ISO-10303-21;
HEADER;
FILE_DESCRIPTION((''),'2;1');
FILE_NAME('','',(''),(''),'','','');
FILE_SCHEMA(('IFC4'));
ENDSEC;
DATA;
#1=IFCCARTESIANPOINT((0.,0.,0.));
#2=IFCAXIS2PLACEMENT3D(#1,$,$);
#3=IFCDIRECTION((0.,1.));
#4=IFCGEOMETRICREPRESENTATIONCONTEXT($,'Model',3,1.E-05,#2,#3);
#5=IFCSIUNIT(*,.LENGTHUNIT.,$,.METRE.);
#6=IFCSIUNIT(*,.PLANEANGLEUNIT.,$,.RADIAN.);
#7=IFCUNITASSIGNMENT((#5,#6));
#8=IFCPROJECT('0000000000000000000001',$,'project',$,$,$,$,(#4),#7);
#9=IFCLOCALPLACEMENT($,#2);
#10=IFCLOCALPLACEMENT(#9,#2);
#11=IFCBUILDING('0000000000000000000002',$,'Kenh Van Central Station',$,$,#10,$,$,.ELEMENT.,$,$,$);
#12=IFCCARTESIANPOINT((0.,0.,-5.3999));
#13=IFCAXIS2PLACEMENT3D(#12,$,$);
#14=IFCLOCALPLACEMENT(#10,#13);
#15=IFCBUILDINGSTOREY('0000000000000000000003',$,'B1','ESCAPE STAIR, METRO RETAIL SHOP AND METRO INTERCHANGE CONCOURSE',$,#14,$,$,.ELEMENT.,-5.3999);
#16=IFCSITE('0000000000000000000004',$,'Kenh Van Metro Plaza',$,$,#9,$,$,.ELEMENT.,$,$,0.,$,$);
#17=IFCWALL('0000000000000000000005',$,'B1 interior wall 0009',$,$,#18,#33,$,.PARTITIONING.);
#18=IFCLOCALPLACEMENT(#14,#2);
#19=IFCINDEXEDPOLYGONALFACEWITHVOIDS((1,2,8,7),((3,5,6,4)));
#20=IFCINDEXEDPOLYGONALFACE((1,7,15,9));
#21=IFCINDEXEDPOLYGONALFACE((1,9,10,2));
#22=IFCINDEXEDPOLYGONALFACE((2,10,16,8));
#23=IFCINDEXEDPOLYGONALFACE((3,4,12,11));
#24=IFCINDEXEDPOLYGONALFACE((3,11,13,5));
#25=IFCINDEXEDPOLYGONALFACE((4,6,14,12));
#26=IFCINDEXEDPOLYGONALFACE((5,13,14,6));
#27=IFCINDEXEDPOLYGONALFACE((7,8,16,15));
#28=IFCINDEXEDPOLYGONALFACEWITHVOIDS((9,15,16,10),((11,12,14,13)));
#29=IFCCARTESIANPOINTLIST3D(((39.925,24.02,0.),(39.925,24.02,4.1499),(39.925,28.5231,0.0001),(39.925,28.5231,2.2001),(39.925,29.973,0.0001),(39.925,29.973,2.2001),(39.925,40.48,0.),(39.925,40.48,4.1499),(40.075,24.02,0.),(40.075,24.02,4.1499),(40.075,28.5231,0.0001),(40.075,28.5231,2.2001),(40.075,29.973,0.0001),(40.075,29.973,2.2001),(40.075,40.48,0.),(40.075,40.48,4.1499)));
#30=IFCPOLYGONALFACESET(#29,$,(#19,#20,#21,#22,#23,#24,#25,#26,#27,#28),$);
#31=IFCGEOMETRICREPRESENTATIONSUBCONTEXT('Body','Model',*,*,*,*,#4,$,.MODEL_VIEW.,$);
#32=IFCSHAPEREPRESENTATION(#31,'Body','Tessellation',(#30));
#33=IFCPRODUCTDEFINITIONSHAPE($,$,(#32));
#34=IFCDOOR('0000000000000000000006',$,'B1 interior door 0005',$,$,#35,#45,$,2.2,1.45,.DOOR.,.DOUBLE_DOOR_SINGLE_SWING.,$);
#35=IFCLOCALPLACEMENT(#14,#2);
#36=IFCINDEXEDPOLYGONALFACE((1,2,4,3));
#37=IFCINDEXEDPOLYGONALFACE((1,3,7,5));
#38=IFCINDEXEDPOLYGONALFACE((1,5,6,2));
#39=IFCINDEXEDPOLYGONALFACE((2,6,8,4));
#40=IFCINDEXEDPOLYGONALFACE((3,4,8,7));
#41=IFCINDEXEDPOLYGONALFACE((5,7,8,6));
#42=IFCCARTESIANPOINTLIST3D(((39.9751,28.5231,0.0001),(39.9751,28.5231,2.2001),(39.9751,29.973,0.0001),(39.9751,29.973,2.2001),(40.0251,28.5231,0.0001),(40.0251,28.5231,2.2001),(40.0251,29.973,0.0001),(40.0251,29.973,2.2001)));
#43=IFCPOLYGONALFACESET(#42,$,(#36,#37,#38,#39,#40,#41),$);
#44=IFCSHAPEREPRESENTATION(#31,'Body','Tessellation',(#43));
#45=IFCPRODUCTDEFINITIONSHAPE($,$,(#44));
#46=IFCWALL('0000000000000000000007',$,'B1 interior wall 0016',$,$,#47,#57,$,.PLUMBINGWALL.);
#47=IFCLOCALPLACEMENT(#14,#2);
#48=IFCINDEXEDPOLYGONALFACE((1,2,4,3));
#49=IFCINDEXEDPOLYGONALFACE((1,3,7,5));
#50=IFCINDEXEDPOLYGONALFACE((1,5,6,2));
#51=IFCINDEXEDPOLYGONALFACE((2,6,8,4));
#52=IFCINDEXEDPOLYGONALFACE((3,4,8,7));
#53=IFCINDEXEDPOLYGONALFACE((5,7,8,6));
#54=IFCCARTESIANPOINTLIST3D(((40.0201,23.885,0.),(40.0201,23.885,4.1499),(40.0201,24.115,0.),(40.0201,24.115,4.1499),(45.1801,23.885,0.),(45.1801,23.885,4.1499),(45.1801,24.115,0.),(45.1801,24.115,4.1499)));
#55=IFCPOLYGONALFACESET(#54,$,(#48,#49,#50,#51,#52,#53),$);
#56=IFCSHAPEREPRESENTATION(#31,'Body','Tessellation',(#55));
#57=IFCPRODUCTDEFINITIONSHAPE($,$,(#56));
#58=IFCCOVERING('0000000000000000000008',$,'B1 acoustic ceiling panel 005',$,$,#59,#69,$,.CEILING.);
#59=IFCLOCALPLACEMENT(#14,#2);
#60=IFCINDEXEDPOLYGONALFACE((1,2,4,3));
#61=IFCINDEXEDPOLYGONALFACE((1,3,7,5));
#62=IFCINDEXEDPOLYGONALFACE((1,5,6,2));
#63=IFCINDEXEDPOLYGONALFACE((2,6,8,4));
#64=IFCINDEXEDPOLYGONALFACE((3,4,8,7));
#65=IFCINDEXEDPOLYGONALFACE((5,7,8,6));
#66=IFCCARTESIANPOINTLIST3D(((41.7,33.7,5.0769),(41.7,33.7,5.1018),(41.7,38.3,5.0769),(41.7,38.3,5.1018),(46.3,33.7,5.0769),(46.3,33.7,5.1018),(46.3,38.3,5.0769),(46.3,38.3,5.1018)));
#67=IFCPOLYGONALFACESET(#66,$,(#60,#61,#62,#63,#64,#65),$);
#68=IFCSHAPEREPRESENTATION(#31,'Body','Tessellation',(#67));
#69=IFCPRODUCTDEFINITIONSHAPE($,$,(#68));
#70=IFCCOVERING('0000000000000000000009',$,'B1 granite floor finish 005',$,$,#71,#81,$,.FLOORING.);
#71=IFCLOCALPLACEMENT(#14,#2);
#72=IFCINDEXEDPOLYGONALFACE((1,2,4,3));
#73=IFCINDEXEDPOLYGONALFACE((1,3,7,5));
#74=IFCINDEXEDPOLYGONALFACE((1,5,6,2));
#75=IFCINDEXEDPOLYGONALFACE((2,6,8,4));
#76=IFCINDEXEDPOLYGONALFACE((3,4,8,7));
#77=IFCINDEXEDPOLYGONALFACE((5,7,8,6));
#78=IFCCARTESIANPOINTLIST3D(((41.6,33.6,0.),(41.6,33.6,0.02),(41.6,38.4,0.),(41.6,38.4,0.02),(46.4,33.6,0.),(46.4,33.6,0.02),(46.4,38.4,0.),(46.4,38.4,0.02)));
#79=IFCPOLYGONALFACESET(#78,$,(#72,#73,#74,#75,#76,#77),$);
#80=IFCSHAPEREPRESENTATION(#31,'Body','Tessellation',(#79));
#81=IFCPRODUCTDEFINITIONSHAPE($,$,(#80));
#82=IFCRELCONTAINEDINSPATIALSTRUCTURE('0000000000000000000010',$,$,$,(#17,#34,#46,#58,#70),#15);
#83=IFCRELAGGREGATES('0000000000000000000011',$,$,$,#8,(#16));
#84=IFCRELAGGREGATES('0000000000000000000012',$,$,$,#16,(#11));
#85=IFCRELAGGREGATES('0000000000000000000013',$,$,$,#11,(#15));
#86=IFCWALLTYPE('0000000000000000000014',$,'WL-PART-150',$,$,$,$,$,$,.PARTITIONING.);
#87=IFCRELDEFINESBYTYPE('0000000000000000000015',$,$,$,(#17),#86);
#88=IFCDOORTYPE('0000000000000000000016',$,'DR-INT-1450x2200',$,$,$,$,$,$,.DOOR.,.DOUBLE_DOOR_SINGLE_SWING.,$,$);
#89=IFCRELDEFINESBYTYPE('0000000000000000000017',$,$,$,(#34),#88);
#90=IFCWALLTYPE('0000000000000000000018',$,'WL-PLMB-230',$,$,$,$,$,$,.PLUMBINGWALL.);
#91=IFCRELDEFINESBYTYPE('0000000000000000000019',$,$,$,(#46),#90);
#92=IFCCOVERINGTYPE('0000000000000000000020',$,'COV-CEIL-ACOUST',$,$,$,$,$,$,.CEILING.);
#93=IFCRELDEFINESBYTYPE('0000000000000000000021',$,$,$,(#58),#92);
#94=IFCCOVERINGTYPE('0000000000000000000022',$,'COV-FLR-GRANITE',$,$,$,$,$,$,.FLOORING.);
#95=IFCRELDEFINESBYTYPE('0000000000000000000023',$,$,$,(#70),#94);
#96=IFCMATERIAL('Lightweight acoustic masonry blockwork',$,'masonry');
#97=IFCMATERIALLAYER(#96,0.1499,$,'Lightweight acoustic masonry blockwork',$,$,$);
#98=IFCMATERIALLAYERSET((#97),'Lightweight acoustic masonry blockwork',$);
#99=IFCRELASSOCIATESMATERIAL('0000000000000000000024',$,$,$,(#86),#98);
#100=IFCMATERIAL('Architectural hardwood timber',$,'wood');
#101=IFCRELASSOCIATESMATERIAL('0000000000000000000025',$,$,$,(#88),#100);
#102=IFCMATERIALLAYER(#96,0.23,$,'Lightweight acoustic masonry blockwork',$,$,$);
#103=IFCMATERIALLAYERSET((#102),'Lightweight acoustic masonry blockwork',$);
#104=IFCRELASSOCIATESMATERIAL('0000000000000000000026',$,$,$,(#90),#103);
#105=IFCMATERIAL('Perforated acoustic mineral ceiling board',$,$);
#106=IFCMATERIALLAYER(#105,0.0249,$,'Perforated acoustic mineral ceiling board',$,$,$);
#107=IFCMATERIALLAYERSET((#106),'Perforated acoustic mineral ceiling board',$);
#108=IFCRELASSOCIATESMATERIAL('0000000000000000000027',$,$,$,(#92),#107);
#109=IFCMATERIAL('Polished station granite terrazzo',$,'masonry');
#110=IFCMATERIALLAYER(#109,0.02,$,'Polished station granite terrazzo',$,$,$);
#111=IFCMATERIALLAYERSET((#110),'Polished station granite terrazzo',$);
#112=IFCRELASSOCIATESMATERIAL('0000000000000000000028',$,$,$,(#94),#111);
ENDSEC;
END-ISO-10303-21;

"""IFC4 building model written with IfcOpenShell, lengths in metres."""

from ifc_helpers import new_model, si_unit, direction, frame, frame_2d, origin, origin_2d, place, context, subcontext, project, spatial, rectangle, extrude, material, layer, layer_set, type_object, element, fill, save


model = new_model("IFC4")

# Units and contexts
model_context = context("Model", 3, precision=1e-05, world=origin(), true_north=direction((0.0, 1.0)))
body_context = subcontext(model_context, "Body", "Model", "MODEL_VIEW")
ifc_project = project(units=[si_unit("LENGTHUNIT", "METRE"), si_unit("PLANEANGLEUNIT", "RADIAN")], contexts=[model_context])

# Site, building, storey
site_placement = place(None, origin())
site = spatial("IfcSite", under=ifc_project, at=site_placement, Name="Kenh Van Metro Plaza", CompositionType="ELEMENT", RefElevation=0.0)
building_placement = place(site_placement, origin())
building = spatial("IfcBuilding", under=site, at=building_placement, Name="Kenh Van Central Station", CompositionType="ELEMENT")
storey_placement = place(building_placement, frame((0.0, 0.0, -5.3999)))
storey = spatial("IfcBuildingStorey", under=building, at=storey_placement, Name="B1", Description="ESCAPE STAIR, METRO RETAIL SHOP AND METRO INTERCHANGE CONCOURSE", CompositionType="ELEMENT", Elevation=-5.3999)

# Wall, opening, door
ifc_material_1 = material(Name="Lightweight acoustic masonry blockwork", Category="masonry")
ifc_layer_1 = layer(ifc_material_1, 0.1499, Name="Lightweight acoustic masonry blockwork")
ifc_layer_set_1 = layer_set([ifc_layer_1], Name="Lightweight acoustic masonry blockwork")
wall_type_1 = type_object("IfcWallType", Name="WL-PART-150", PredefinedType="PARTITIONING", material=ifc_layer_set_1)
wall_1_placement = place(storey_placement, frame((40.0, 24.02, 0.0), z_axis=(0.0, 0.0, 1.0), x_axis=(0.0, 1.0, 0.0)))
wall_1 = element("IfcWall", 1, at=wall_1_placement, inside=storey, type_object=wall_type_1, Name="B1 interior wall 0009", PredefinedType="PARTITIONING", context=body_context, shape_type="SweptSolid", body=[
    extrude(rectangle(XDim=16.46, YDim=0.1499, at=frame_2d((8.23, 0.0))), origin(), (0.0, 0.0, 1.0), 4.1499),
])
opening_placement = place(wall_1_placement, frame((4.5029, 0.0, 0.0)))
opening = element("IfcOpeningElement", 2, at=opening_placement, cuts=wall_1, PredefinedType="OPENING", context=body_context, shape_type="SweptSolid", body=[
    extrude(rectangle(XDim=1.45, YDim=2.2, at=frame_2d((0.7251, 1.1001))), frame((0.0, 0.085, 0.0), z_axis=(0.0, -1.0, 0.0), x_axis=(1.0, 0.0, 0.0)), (0.0, 0.0, 1.0), 0.1699),
])
ifc_material_2 = material(Name="Architectural hardwood timber", Category="wood")
door_type = type_object("IfcDoorType", Name="DR-INT-1450x2200", OperationType="DOUBLE_DOOR_SINGLE_SWING", PredefinedType="DOOR", material=ifc_material_2)
door_placement = place(opening_placement, origin())
door = element("IfcDoor", 3, at=door_placement, inside=storey, type_object=door_type, Name="B1 interior door 0005", OperationType="DOUBLE_DOOR_SINGLE_SWING", OverallHeight=2.2, OverallWidth=1.45, PredefinedType="DOOR", context=body_context, shape_type="SweptSolid", body=[
    extrude(rectangle(XDim=1.45, YDim=2.2, at=frame_2d((0.7251, 1.1001))), frame((0.0, 0.0249, 0.0), z_axis=(0.0, -1.0, 0.0), x_axis=(1.0, 0.0, 0.0)), (0.0, 0.0, 1.0), 0.05),
])
fill(opening, door)

# Wall
ifc_layer_2 = layer(ifc_material_1, 0.23, Name="Lightweight acoustic masonry blockwork")
ifc_layer_set_2 = layer_set([ifc_layer_2], Name="Lightweight acoustic masonry blockwork")
wall_type_2 = type_object("IfcWallType", Name="WL-PLMB-230", PredefinedType="PLUMBINGWALL", material=ifc_layer_set_2)
wall_2_placement = place(storey_placement, frame((40.02, 24.0, 0.0), z_axis=(0.0, 0.0, 1.0), x_axis=(1.0, 0.0, 0.0)))
element("IfcWall", 4, at=wall_2_placement, inside=storey, type_object=wall_type_2, Name="B1 interior wall 0016", PredefinedType="PLUMBINGWALL", context=body_context, shape_type="SweptSolid", body=[
    extrude(rectangle(XDim=5.1599, YDim=0.23, at=frame_2d((2.5801, 0.0))), origin(), (0.0, 0.0, 1.0), 4.1499),
])

# Coverings
ifc_material_3 = material(Name="Perforated acoustic mineral ceiling board")
ifc_layer_3 = layer(ifc_material_3, 0.0249, Name="Perforated acoustic mineral ceiling board")
ifc_layer_set_3 = layer_set([ifc_layer_3], Name="Perforated acoustic mineral ceiling board")
covering_type_1 = type_object("IfcCoveringType", Name="COV-CEIL-ACOUST", PredefinedType="CEILING", material=ifc_layer_set_3)
covering_1_placement = place(storey_placement, frame((44.0, 36.0, 5.0769), z_axis=(0.0, 0.0, 1.0), x_axis=(1.0, 0.0, 0.0)))
element("IfcCovering", 5, at=covering_1_placement, inside=storey, type_object=covering_type_1, Name="B1 acoustic ceiling panel 005", PredefinedType="CEILING", context=body_context, shape_type="SweptSolid", body=[
    extrude(rectangle(XDim=4.6001, YDim=4.6001, at=origin_2d()), origin(), (0.0, 0.0, 1.0), 0.0249),
])
ifc_material_4 = material(Name="Polished station granite terrazzo", Category="masonry")
ifc_layer_4 = layer(ifc_material_4, 0.02, Name="Polished station granite terrazzo")
ifc_layer_set_4 = layer_set([ifc_layer_4], Name="Polished station granite terrazzo")
covering_type_2 = type_object("IfcCoveringType", Name="COV-FLR-GRANITE", PredefinedType="FLOORING", material=ifc_layer_set_4)
covering_2_placement = place(storey_placement, frame((44.0, 36.0, 0.0), z_axis=(0.0, 0.0, 1.0), x_axis=(1.0, 0.0, 0.0)))
element("IfcCovering", 6, at=covering_2_placement, inside=storey, type_object=covering_type_2, Name="B1 granite floor finish 005", PredefinedType="FLOORING", context=body_context, shape_type="SweptSolid", body=[
    extrude(rectangle(XDim=4.8, YDim=4.8, at=origin_2d()), origin(), (0.0, 0.0, 1.0), 0.02),
])

save(model, "model.ifc")
